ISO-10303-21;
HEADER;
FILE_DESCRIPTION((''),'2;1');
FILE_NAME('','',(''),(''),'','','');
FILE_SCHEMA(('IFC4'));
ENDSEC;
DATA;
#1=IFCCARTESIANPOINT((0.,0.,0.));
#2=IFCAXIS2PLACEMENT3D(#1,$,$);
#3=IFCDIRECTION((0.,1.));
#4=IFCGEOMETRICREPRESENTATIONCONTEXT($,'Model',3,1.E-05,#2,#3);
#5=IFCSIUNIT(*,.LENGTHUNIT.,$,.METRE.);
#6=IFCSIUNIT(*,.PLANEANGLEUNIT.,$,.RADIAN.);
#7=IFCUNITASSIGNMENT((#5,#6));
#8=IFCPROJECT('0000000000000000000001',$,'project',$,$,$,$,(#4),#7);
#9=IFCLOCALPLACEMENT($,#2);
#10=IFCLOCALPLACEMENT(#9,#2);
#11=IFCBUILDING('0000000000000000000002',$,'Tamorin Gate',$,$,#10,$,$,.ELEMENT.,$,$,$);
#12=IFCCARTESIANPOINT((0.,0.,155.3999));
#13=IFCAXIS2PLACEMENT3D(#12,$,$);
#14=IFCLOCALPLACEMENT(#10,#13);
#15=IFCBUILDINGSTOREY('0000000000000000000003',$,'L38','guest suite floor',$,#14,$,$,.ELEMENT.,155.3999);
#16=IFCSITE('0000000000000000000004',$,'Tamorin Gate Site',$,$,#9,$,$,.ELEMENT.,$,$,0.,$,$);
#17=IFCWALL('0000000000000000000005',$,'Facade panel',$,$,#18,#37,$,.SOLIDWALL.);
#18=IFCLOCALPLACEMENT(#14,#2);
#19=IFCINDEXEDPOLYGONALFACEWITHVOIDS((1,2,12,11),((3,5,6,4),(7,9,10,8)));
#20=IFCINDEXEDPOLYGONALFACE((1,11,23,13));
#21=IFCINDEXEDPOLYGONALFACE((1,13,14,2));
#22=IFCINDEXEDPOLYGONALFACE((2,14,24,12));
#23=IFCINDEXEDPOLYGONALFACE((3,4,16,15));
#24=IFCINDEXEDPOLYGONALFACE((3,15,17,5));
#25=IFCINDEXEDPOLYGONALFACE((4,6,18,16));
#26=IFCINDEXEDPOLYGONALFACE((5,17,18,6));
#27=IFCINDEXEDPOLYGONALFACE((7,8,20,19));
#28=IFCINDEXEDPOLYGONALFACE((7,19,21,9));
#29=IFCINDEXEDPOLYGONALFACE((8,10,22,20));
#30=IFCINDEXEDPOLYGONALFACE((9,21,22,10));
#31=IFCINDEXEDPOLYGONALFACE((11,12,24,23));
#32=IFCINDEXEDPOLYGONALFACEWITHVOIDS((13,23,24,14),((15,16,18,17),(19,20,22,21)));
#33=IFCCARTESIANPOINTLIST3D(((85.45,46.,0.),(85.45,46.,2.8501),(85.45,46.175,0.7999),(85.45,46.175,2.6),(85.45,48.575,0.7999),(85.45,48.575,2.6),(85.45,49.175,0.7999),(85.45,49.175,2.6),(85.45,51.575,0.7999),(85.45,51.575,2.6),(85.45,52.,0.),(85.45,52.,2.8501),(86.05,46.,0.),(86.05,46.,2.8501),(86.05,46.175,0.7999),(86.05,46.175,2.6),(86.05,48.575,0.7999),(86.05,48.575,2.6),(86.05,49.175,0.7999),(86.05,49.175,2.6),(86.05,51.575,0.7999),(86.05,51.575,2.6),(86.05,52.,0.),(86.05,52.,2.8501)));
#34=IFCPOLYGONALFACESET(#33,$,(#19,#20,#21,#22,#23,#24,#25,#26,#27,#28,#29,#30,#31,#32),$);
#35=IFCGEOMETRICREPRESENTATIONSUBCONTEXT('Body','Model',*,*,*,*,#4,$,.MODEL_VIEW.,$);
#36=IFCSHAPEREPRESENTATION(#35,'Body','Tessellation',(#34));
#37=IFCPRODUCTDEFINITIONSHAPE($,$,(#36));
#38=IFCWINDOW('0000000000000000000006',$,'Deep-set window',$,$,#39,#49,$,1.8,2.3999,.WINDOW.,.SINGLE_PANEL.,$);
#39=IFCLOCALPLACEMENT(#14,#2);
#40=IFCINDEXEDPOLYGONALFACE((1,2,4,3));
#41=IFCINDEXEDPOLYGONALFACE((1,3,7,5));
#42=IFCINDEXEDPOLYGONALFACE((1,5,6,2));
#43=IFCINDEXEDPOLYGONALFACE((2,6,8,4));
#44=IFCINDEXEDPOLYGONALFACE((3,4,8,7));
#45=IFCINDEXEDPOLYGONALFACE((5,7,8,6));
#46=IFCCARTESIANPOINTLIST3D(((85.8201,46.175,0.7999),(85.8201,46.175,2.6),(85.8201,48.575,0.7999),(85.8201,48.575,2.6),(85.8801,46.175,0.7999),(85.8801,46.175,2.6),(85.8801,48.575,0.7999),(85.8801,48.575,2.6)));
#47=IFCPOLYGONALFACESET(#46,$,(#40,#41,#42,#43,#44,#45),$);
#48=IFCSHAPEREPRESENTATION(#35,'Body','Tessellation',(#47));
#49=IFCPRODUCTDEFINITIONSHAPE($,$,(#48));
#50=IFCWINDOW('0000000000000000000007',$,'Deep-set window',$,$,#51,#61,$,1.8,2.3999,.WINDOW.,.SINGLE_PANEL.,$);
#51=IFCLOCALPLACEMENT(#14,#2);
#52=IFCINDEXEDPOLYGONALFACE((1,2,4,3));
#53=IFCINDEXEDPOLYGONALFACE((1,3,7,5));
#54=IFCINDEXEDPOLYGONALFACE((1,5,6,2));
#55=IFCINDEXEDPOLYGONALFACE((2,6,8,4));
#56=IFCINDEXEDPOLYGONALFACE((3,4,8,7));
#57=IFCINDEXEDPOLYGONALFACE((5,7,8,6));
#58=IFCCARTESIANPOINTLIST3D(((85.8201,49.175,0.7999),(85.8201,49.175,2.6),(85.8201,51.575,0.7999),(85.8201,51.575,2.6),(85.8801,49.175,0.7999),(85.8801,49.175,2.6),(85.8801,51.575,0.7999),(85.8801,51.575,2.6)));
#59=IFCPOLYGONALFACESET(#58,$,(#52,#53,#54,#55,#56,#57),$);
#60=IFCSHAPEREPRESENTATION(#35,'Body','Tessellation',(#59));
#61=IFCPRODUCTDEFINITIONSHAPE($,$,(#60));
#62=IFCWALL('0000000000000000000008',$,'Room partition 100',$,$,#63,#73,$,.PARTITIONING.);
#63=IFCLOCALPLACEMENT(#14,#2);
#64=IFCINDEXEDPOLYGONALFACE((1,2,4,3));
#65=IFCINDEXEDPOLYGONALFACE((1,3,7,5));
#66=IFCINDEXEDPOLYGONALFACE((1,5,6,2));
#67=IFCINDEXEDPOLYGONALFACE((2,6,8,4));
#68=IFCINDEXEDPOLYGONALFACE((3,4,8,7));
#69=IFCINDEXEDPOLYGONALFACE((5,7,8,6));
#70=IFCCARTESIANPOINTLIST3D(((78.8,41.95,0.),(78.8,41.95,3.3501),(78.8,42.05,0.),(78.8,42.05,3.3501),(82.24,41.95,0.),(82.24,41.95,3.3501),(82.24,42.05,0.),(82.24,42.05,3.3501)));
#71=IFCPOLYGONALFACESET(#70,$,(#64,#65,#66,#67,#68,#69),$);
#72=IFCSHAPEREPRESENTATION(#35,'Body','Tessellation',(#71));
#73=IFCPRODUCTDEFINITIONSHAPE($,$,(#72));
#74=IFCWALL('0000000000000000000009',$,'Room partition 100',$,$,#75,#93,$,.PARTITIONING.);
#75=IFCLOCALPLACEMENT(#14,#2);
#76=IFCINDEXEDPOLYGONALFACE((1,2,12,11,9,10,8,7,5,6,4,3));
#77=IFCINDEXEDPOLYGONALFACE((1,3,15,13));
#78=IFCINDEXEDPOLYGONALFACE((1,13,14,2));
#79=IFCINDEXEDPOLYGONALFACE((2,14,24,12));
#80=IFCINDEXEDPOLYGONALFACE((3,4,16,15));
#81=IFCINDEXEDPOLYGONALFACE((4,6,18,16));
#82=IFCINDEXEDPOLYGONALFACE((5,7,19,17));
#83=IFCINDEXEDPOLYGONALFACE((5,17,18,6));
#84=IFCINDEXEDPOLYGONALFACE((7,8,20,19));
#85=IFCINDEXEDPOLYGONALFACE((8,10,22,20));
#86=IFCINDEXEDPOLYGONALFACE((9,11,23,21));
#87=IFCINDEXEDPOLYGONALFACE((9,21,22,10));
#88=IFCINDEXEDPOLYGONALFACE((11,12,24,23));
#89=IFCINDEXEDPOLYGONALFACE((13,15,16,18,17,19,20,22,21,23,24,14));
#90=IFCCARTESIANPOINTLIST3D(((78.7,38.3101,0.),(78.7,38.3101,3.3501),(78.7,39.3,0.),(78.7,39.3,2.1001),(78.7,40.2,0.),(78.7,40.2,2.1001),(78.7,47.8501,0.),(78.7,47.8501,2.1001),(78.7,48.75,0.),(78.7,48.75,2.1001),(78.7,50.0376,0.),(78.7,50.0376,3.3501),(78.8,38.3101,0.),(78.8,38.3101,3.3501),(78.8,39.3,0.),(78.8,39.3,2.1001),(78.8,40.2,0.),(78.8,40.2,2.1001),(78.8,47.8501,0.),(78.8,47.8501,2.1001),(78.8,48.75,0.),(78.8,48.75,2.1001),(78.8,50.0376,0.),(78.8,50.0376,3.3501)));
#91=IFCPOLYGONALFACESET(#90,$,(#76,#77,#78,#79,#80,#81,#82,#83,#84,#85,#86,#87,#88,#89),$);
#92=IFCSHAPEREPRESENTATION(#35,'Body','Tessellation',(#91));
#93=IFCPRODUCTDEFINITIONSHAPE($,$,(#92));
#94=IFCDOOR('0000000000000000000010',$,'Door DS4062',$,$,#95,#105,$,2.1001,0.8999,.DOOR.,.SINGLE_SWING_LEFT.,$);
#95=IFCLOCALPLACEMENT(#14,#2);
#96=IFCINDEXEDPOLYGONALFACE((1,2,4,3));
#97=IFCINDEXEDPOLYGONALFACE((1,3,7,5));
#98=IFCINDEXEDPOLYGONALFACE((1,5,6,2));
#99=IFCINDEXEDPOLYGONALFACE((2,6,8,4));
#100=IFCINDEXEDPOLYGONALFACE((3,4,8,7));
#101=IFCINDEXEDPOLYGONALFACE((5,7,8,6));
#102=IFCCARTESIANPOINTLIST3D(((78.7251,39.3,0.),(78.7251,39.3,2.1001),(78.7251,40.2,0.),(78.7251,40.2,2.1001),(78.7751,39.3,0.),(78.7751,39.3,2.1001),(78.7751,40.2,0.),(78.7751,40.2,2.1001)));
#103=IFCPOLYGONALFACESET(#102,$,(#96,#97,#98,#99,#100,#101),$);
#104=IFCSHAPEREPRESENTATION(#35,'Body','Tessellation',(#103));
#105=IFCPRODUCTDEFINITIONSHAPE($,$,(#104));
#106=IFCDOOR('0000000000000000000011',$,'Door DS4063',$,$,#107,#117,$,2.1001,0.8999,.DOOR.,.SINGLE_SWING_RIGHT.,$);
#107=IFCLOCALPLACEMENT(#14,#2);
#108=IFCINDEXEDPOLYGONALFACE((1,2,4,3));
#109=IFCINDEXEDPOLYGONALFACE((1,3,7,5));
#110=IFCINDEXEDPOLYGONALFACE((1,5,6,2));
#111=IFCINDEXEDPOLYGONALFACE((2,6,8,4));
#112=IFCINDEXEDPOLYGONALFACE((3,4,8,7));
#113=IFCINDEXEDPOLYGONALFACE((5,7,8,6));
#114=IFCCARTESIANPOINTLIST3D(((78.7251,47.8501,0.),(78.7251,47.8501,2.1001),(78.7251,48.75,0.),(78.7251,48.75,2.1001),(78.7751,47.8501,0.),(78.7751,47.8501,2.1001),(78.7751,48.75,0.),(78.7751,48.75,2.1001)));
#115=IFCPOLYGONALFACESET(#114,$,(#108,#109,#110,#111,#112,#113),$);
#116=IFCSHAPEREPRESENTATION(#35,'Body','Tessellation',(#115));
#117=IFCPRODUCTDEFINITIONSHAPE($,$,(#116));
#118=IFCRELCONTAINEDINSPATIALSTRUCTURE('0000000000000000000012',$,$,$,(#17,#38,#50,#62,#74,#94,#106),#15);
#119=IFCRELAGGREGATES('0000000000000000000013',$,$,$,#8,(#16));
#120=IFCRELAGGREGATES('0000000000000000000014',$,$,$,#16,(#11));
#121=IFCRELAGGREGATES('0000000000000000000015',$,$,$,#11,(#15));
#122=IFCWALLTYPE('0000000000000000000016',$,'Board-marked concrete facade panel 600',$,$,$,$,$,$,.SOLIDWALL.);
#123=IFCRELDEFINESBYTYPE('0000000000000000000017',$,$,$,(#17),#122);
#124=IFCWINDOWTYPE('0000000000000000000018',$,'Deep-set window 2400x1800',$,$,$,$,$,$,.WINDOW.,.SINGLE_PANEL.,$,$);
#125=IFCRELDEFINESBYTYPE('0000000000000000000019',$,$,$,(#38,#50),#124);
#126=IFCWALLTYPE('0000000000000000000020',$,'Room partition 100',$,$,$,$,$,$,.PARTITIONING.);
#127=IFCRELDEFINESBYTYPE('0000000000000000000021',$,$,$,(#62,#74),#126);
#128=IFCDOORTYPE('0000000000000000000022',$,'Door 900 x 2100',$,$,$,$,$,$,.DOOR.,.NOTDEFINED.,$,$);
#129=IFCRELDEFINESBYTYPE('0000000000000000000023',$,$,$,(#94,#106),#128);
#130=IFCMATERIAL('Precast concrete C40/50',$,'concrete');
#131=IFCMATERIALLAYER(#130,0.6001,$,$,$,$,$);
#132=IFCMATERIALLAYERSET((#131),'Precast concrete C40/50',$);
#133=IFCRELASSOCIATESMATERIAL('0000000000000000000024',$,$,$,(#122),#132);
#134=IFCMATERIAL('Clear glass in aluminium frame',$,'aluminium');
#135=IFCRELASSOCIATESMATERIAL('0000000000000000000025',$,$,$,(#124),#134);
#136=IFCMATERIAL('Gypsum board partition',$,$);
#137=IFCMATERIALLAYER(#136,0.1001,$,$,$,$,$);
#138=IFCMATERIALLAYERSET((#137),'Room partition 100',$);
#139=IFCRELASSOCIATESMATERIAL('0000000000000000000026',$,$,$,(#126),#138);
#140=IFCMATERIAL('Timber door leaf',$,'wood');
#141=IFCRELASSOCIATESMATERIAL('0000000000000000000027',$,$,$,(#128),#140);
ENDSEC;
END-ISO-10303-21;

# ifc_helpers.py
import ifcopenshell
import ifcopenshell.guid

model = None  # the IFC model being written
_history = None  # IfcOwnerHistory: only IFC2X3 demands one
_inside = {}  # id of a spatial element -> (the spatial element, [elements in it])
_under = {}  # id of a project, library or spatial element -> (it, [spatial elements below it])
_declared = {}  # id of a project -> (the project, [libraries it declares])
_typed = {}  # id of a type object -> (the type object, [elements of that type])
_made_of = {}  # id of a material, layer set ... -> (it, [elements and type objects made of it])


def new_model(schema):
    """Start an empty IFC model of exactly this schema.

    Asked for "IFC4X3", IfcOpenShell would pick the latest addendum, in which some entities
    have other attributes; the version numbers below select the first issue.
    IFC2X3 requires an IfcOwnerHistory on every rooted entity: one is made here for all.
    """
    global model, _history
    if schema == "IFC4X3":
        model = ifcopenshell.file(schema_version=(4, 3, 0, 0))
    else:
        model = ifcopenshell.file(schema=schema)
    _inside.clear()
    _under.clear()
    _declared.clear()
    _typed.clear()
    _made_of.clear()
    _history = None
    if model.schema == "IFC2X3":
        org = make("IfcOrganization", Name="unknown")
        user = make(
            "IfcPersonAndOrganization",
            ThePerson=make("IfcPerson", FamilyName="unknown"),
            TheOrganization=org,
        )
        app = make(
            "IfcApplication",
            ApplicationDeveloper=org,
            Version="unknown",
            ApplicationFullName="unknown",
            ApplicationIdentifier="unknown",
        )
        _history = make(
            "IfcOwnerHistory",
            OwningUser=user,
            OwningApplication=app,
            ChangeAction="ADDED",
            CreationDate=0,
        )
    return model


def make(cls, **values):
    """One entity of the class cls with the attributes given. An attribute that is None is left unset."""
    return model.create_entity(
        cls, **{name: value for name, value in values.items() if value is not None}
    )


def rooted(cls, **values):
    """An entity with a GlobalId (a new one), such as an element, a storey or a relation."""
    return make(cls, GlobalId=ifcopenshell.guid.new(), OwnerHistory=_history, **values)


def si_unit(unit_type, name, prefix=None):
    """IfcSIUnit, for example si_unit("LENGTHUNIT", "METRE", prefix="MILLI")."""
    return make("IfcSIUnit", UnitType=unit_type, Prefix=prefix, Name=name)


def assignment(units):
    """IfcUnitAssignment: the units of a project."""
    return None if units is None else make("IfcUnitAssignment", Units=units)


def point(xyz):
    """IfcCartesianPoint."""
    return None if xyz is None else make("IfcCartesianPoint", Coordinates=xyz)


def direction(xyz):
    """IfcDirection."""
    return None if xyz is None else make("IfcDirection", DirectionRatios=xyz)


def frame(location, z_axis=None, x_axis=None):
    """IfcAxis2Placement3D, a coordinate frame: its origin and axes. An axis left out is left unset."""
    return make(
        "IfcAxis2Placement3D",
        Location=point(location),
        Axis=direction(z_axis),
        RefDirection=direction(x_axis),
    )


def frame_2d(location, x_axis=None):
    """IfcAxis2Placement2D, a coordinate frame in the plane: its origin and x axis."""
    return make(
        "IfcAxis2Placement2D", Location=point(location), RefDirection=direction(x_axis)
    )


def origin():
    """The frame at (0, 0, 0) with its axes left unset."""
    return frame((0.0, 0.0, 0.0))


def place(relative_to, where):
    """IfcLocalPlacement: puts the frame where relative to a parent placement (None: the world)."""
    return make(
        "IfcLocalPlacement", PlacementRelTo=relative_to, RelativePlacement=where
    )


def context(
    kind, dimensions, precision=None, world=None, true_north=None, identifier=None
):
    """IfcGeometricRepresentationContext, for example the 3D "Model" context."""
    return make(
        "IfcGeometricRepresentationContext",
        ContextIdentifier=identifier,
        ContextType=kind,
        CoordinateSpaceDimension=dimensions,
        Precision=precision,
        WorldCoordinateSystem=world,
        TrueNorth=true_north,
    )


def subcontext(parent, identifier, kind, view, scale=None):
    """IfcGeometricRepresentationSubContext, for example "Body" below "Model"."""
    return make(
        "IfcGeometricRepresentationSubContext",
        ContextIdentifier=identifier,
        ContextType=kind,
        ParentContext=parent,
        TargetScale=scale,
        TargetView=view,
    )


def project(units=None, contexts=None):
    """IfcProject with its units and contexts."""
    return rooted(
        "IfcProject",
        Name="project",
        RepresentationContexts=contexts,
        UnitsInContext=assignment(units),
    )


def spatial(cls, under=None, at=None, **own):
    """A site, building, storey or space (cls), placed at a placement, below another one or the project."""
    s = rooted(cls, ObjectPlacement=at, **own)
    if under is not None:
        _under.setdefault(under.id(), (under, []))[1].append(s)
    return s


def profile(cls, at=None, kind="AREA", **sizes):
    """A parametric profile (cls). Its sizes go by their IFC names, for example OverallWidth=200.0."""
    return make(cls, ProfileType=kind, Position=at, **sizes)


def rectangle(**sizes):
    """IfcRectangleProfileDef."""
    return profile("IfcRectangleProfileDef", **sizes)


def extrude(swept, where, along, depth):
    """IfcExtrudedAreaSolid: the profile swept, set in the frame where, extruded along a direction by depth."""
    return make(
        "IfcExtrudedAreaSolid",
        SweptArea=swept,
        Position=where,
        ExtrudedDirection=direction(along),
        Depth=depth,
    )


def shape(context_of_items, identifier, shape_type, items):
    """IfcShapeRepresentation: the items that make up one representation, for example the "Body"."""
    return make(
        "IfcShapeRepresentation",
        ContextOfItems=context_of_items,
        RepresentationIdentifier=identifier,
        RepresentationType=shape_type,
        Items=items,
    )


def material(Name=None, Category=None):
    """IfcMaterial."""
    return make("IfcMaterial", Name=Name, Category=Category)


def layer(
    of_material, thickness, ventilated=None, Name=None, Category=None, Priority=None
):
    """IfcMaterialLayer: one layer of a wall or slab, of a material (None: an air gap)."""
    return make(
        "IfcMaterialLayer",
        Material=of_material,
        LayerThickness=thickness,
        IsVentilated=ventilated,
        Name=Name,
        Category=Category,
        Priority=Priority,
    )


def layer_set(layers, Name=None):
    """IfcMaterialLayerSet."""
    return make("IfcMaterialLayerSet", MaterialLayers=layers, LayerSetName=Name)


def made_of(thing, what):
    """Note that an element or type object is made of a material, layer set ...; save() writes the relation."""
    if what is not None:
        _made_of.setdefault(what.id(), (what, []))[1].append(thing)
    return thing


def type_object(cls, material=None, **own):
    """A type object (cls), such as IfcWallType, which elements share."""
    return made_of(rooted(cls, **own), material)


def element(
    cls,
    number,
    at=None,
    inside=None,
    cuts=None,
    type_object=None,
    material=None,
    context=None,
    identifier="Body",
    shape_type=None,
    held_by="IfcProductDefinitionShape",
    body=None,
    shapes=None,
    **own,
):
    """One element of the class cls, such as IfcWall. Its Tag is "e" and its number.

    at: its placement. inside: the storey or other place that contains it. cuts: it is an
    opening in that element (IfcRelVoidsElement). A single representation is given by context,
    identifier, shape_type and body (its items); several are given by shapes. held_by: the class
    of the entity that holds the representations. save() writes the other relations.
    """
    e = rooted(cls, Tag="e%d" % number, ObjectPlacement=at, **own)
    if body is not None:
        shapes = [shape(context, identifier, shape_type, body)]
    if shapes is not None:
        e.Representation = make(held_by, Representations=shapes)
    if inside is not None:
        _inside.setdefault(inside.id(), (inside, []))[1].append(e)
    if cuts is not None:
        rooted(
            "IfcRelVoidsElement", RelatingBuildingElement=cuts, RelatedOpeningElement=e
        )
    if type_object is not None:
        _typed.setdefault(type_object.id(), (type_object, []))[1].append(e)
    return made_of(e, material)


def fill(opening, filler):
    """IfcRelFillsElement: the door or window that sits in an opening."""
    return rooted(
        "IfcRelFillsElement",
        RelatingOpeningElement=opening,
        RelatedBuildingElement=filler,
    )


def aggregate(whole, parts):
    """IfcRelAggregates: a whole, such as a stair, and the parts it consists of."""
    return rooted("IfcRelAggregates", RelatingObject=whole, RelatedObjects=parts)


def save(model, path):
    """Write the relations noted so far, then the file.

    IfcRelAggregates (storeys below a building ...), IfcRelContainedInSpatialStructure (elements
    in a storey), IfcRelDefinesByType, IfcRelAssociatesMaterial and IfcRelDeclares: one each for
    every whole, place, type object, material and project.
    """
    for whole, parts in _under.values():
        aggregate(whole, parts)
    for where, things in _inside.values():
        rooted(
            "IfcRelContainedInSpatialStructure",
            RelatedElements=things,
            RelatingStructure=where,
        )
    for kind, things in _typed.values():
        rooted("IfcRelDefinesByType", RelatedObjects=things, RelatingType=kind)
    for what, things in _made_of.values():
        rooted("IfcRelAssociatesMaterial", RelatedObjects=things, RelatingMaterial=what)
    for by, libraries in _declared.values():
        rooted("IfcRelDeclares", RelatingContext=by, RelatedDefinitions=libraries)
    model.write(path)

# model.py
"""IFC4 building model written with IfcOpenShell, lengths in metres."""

from ifc_helpers import new_model, si_unit, direction, frame, frame_2d, origin, place, context, subcontext, project, spatial, rectangle, extrude, material, layer, layer_set, type_object, element, fill, save


model = new_model("IFC4")

# Units and contexts
model_context = context("Model", 3, precision=1e-05, world=origin(), true_north=direction((0.0, 1.0)))
body_context = subcontext(model_context, "Body", "Model", "MODEL_VIEW")
ifc_project = project(units=[si_unit("LENGTHUNIT", "METRE"), si_unit("PLANEANGLEUNIT", "RADIAN")], contexts=[model_context])

# Site, building, storey
site_placement = place(None, origin())
site = spatial("IfcSite", under=ifc_project, at=site_placement, Name="Tamorin Gate Site", CompositionType="ELEMENT", RefElevation=0.0)
building_placement = place(site_placement, origin())
building = spatial("IfcBuilding", under=site, at=building_placement, Name="Tamorin Gate", CompositionType="ELEMENT")
storey_placement = place(building_placement, frame((0.0, 0.0, 155.3999)))
storey = spatial("IfcBuildingStorey", under=building, at=storey_placement, Name="L38", Description="guest suite floor", CompositionType="ELEMENT", Elevation=155.3999)

# Shared definitions
ifc_material_1 = material(Name="Precast concrete C40/50", Category="concrete")
ifc_layer_1 = layer(ifc_material_1, 0.6001)
ifc_layer_set_1 = layer_set([ifc_layer_1], Name="Precast concrete C40/50")
wall_type_1 = type_object("IfcWallType", Name="Board-marked concrete facade panel 600", PredefinedType="SOLIDWALL", material=ifc_layer_set_1)
ifc_material_2 = material(Name="Clear glass in aluminium frame", Category="aluminium")
window_type_1 = type_object("IfcWindowType", Name="Deep-set window 2400x1800", PartitioningType="SINGLE_PANEL", PredefinedType="WINDOW", material=ifc_material_2)

# Wall, openings, windows
wall_1_placement = place(storey_placement, frame((85.75, 46.0, 0.0), z_axis=(0.0, 0.0, 1.0), x_axis=(0.0, 1.0, 0.0)))
wall_1 = element("IfcWall", 1, at=wall_1_placement, inside=storey, type_object=wall_type_1, Name="Facade panel", PredefinedType="SOLIDWALL", context=body_context, shape_type="SweptSolid", body=[
    extrude(rectangle(XDim=6.0, YDim=0.6001, at=frame_2d((3.0, 0.0))), origin(), (0.0, 0.0, 1.0), 2.8501),
])
opening_1_placement = place(wall_1_placement, frame((0.175, 0.0, 0.8)))
opening_1 = element("IfcOpeningElement", 2, at=opening_1_placement, cuts=wall_1, PredefinedType="OPENING", context=body_context, shape_type="SweptSolid", body=[
    extrude(rectangle(XDim=2.3999, YDim=1.8, at=frame_2d((1.2, 0.8999))), frame((0.0, 0.3101, 0.0), z_axis=(0.0, -1.0, 0.0), x_axis=(1.0, 0.0, 0.0)), (0.0, 0.0, 1.0), 0.6201),
])
opening_2_placement = place(wall_1_placement, frame((3.175, 0.0, 0.8)))
opening_2 = element("IfcOpeningElement", 3, at=opening_2_placement, cuts=wall_1, PredefinedType="OPENING", context=body_context, shape_type="SweptSolid", body=[
    extrude(rectangle(XDim=2.3999, YDim=1.8, at=frame_2d((1.2, 0.8999))), frame((0.0, 0.3101, 0.0), z_axis=(0.0, -1.0, 0.0), x_axis=(1.0, 0.0, 0.0)), (0.0, 0.0, 1.0), 0.6201),
])
window_1_placement = place(opening_1_placement, origin())
window_1 = element("IfcWindow", 4, at=window_1_placement, inside=storey, type_object=window_type_1, Name="Deep-set window", OverallHeight=1.8, OverallWidth=2.3999, PartitioningType="SINGLE_PANEL", PredefinedType="WINDOW", context=body_context, shape_type="SweptSolid", body=[
    extrude(rectangle(XDim=2.3999, YDim=1.8, at=frame_2d((1.2, 0.8999))), frame((0.0, -0.0701, 0.0), z_axis=(0.0, -1.0, 0.0), x_axis=(1.0, 0.0, 0.0)), (0.0, 0.0, 1.0), 0.0601),
])
fill(opening_1, window_1)
window_2_placement = place(opening_2_placement, origin())
window_2 = element("IfcWindow", 5, at=window_2_placement, inside=storey, type_object=window_type_1, Name="Deep-set window", OverallHeight=1.8, OverallWidth=2.3999, PartitioningType="SINGLE_PANEL", PredefinedType="WINDOW", context=body_context, shape_type="SweptSolid", body=[
    extrude(rectangle(XDim=2.3999, YDim=1.8, at=frame_2d((1.2, 0.8999))), frame((0.0, -0.0701, 0.0), z_axis=(0.0, -1.0, 0.0), x_axis=(1.0, 0.0, 0.0)), (0.0, 0.0, 1.0), 0.0601),
])
fill(opening_2, window_2)

# Wall
ifc_material_3 = material(Name="Gypsum board partition")
ifc_layer_2 = layer(ifc_material_3, 0.1001)
ifc_layer_set_2 = layer_set([ifc_layer_2], Name="Room partition 100")
wall_type_2 = type_object("IfcWallType", Name="Room partition 100", PredefinedType="PARTITIONING", material=ifc_layer_set_2)
wall_2_placement = place(storey_placement, frame((78.8, 42.0, 0.0), z_axis=(0.0, 0.0, 1.0), x_axis=(1.0, 0.0, 0.0)))
element("IfcWall", 6, at=wall_2_placement, inside=storey, type_object=wall_type_2, Name="Room partition 100", PredefinedType="PARTITIONING", context=body_context, shape_type="SweptSolid", body=[
    extrude(rectangle(XDim=3.4399, YDim=0.1001, at=frame_2d((1.72, 0.0))), origin(), (0.0, 0.0, 1.0), 3.3501),
])

# Wall, openings, doors
wall_3_placement = place(storey_placement, frame((78.75, 38.3101, 0.0), z_axis=(0.0, 0.0, 1.0), x_axis=(0.0, 1.0, 0.0)))
wall_3 = element("IfcWall", 7, at=wall_3_placement, inside=storey, type_object=wall_type_2, Name="Room partition 100", PredefinedType="PARTITIONING", context=body_context, shape_type="SweptSolid", body=[
    extrude(rectangle(XDim=11.7275, YDim=0.1001, at=frame_2d((5.8638, 0.0))), origin(), (0.0, 0.0, 1.0), 3.3501),
])
opening_3_placement = place(wall_3_placement, frame((0.99, 0.0, 0.0)))
opening_3 = element("IfcOpeningElement", 8, at=opening_3_placement, cuts=wall_3, PredefinedType="OPENING", context=body_context, shape_type="SweptSolid", body=[
    extrude(rectangle(XDim=0.8999, YDim=2.1001, at=frame_2d((0.45, 1.05))), frame((0.0, 0.0601, 0.0), z_axis=(0.0, -1.0, 0.0), x_axis=(1.0, 0.0, 0.0)), (0.0, 0.0, 1.0), 0.1201),
])
opening_4_placement = place(wall_3_placement, frame((9.54, 0.0, 0.0)))
opening_4 = element("IfcOpeningElement", 9, at=opening_4_placement, cuts=wall_3, PredefinedType="OPENING", context=body_context, shape_type="SweptSolid", body=[
    extrude(rectangle(XDim=0.8999, YDim=2.1001, at=frame_2d((0.45, 1.05))), frame((0.0, 0.0601, 0.0), z_axis=(0.0, -1.0, 0.0), x_axis=(1.0, 0.0, 0.0)), (0.0, 0.0, 1.0), 0.1201),
])
ifc_material_4 = material(Name="Timber door leaf", Category="wood")
door_type = type_object("IfcDoorType", Name="Door 900 x 2100", OperationType="NOTDEFINED", PredefinedType="DOOR", material=ifc_material_4)
door_1_placement = place(opening_3_placement, origin())
door_1 = element("IfcDoor", 10, at=door_1_placement, inside=storey, type_object=door_type, Name="Door DS4062", OperationType="SINGLE_SWING_LEFT", OverallHeight=2.1001, OverallWidth=0.8999, PredefinedType="DOOR", context=body_context, shape_type="SweptSolid", body=[
    extrude(rectangle(XDim=0.8999, YDim=2.1001, at=frame_2d((0.45, 1.05))), frame((0.0, 0.0249, 0.0), z_axis=(0.0, -1.0, 0.0), x_axis=(1.0, 0.0, 0.0)), (0.0, 0.0, 1.0), 0.05),
])
fill(opening_3, door_1)
door_2_placement = place(opening_4_placement, origin())
door_2 = element("IfcDoor", 11, at=door_2_placement, inside=storey, type_object=door_type, Name="Door DS4063", OperationType="SINGLE_SWING_RIGHT", OverallHeight=2.1001, OverallWidth=0.8999, PredefinedType="DOOR", context=body_context, shape_type="SweptSolid", body=[
    extrude(rectangle(XDim=0.8999, YDim=2.1001, at=frame_2d((0.45, 1.05))), frame((0.0, 0.0249, 0.0), z_axis=(0.0, -1.0, 0.0), x_axis=(1.0, 0.0, 0.0)), (0.0, 0.0, 1.0), 0.05),
])
fill(opening_4, door_2)

save(model, "model.ifc")
